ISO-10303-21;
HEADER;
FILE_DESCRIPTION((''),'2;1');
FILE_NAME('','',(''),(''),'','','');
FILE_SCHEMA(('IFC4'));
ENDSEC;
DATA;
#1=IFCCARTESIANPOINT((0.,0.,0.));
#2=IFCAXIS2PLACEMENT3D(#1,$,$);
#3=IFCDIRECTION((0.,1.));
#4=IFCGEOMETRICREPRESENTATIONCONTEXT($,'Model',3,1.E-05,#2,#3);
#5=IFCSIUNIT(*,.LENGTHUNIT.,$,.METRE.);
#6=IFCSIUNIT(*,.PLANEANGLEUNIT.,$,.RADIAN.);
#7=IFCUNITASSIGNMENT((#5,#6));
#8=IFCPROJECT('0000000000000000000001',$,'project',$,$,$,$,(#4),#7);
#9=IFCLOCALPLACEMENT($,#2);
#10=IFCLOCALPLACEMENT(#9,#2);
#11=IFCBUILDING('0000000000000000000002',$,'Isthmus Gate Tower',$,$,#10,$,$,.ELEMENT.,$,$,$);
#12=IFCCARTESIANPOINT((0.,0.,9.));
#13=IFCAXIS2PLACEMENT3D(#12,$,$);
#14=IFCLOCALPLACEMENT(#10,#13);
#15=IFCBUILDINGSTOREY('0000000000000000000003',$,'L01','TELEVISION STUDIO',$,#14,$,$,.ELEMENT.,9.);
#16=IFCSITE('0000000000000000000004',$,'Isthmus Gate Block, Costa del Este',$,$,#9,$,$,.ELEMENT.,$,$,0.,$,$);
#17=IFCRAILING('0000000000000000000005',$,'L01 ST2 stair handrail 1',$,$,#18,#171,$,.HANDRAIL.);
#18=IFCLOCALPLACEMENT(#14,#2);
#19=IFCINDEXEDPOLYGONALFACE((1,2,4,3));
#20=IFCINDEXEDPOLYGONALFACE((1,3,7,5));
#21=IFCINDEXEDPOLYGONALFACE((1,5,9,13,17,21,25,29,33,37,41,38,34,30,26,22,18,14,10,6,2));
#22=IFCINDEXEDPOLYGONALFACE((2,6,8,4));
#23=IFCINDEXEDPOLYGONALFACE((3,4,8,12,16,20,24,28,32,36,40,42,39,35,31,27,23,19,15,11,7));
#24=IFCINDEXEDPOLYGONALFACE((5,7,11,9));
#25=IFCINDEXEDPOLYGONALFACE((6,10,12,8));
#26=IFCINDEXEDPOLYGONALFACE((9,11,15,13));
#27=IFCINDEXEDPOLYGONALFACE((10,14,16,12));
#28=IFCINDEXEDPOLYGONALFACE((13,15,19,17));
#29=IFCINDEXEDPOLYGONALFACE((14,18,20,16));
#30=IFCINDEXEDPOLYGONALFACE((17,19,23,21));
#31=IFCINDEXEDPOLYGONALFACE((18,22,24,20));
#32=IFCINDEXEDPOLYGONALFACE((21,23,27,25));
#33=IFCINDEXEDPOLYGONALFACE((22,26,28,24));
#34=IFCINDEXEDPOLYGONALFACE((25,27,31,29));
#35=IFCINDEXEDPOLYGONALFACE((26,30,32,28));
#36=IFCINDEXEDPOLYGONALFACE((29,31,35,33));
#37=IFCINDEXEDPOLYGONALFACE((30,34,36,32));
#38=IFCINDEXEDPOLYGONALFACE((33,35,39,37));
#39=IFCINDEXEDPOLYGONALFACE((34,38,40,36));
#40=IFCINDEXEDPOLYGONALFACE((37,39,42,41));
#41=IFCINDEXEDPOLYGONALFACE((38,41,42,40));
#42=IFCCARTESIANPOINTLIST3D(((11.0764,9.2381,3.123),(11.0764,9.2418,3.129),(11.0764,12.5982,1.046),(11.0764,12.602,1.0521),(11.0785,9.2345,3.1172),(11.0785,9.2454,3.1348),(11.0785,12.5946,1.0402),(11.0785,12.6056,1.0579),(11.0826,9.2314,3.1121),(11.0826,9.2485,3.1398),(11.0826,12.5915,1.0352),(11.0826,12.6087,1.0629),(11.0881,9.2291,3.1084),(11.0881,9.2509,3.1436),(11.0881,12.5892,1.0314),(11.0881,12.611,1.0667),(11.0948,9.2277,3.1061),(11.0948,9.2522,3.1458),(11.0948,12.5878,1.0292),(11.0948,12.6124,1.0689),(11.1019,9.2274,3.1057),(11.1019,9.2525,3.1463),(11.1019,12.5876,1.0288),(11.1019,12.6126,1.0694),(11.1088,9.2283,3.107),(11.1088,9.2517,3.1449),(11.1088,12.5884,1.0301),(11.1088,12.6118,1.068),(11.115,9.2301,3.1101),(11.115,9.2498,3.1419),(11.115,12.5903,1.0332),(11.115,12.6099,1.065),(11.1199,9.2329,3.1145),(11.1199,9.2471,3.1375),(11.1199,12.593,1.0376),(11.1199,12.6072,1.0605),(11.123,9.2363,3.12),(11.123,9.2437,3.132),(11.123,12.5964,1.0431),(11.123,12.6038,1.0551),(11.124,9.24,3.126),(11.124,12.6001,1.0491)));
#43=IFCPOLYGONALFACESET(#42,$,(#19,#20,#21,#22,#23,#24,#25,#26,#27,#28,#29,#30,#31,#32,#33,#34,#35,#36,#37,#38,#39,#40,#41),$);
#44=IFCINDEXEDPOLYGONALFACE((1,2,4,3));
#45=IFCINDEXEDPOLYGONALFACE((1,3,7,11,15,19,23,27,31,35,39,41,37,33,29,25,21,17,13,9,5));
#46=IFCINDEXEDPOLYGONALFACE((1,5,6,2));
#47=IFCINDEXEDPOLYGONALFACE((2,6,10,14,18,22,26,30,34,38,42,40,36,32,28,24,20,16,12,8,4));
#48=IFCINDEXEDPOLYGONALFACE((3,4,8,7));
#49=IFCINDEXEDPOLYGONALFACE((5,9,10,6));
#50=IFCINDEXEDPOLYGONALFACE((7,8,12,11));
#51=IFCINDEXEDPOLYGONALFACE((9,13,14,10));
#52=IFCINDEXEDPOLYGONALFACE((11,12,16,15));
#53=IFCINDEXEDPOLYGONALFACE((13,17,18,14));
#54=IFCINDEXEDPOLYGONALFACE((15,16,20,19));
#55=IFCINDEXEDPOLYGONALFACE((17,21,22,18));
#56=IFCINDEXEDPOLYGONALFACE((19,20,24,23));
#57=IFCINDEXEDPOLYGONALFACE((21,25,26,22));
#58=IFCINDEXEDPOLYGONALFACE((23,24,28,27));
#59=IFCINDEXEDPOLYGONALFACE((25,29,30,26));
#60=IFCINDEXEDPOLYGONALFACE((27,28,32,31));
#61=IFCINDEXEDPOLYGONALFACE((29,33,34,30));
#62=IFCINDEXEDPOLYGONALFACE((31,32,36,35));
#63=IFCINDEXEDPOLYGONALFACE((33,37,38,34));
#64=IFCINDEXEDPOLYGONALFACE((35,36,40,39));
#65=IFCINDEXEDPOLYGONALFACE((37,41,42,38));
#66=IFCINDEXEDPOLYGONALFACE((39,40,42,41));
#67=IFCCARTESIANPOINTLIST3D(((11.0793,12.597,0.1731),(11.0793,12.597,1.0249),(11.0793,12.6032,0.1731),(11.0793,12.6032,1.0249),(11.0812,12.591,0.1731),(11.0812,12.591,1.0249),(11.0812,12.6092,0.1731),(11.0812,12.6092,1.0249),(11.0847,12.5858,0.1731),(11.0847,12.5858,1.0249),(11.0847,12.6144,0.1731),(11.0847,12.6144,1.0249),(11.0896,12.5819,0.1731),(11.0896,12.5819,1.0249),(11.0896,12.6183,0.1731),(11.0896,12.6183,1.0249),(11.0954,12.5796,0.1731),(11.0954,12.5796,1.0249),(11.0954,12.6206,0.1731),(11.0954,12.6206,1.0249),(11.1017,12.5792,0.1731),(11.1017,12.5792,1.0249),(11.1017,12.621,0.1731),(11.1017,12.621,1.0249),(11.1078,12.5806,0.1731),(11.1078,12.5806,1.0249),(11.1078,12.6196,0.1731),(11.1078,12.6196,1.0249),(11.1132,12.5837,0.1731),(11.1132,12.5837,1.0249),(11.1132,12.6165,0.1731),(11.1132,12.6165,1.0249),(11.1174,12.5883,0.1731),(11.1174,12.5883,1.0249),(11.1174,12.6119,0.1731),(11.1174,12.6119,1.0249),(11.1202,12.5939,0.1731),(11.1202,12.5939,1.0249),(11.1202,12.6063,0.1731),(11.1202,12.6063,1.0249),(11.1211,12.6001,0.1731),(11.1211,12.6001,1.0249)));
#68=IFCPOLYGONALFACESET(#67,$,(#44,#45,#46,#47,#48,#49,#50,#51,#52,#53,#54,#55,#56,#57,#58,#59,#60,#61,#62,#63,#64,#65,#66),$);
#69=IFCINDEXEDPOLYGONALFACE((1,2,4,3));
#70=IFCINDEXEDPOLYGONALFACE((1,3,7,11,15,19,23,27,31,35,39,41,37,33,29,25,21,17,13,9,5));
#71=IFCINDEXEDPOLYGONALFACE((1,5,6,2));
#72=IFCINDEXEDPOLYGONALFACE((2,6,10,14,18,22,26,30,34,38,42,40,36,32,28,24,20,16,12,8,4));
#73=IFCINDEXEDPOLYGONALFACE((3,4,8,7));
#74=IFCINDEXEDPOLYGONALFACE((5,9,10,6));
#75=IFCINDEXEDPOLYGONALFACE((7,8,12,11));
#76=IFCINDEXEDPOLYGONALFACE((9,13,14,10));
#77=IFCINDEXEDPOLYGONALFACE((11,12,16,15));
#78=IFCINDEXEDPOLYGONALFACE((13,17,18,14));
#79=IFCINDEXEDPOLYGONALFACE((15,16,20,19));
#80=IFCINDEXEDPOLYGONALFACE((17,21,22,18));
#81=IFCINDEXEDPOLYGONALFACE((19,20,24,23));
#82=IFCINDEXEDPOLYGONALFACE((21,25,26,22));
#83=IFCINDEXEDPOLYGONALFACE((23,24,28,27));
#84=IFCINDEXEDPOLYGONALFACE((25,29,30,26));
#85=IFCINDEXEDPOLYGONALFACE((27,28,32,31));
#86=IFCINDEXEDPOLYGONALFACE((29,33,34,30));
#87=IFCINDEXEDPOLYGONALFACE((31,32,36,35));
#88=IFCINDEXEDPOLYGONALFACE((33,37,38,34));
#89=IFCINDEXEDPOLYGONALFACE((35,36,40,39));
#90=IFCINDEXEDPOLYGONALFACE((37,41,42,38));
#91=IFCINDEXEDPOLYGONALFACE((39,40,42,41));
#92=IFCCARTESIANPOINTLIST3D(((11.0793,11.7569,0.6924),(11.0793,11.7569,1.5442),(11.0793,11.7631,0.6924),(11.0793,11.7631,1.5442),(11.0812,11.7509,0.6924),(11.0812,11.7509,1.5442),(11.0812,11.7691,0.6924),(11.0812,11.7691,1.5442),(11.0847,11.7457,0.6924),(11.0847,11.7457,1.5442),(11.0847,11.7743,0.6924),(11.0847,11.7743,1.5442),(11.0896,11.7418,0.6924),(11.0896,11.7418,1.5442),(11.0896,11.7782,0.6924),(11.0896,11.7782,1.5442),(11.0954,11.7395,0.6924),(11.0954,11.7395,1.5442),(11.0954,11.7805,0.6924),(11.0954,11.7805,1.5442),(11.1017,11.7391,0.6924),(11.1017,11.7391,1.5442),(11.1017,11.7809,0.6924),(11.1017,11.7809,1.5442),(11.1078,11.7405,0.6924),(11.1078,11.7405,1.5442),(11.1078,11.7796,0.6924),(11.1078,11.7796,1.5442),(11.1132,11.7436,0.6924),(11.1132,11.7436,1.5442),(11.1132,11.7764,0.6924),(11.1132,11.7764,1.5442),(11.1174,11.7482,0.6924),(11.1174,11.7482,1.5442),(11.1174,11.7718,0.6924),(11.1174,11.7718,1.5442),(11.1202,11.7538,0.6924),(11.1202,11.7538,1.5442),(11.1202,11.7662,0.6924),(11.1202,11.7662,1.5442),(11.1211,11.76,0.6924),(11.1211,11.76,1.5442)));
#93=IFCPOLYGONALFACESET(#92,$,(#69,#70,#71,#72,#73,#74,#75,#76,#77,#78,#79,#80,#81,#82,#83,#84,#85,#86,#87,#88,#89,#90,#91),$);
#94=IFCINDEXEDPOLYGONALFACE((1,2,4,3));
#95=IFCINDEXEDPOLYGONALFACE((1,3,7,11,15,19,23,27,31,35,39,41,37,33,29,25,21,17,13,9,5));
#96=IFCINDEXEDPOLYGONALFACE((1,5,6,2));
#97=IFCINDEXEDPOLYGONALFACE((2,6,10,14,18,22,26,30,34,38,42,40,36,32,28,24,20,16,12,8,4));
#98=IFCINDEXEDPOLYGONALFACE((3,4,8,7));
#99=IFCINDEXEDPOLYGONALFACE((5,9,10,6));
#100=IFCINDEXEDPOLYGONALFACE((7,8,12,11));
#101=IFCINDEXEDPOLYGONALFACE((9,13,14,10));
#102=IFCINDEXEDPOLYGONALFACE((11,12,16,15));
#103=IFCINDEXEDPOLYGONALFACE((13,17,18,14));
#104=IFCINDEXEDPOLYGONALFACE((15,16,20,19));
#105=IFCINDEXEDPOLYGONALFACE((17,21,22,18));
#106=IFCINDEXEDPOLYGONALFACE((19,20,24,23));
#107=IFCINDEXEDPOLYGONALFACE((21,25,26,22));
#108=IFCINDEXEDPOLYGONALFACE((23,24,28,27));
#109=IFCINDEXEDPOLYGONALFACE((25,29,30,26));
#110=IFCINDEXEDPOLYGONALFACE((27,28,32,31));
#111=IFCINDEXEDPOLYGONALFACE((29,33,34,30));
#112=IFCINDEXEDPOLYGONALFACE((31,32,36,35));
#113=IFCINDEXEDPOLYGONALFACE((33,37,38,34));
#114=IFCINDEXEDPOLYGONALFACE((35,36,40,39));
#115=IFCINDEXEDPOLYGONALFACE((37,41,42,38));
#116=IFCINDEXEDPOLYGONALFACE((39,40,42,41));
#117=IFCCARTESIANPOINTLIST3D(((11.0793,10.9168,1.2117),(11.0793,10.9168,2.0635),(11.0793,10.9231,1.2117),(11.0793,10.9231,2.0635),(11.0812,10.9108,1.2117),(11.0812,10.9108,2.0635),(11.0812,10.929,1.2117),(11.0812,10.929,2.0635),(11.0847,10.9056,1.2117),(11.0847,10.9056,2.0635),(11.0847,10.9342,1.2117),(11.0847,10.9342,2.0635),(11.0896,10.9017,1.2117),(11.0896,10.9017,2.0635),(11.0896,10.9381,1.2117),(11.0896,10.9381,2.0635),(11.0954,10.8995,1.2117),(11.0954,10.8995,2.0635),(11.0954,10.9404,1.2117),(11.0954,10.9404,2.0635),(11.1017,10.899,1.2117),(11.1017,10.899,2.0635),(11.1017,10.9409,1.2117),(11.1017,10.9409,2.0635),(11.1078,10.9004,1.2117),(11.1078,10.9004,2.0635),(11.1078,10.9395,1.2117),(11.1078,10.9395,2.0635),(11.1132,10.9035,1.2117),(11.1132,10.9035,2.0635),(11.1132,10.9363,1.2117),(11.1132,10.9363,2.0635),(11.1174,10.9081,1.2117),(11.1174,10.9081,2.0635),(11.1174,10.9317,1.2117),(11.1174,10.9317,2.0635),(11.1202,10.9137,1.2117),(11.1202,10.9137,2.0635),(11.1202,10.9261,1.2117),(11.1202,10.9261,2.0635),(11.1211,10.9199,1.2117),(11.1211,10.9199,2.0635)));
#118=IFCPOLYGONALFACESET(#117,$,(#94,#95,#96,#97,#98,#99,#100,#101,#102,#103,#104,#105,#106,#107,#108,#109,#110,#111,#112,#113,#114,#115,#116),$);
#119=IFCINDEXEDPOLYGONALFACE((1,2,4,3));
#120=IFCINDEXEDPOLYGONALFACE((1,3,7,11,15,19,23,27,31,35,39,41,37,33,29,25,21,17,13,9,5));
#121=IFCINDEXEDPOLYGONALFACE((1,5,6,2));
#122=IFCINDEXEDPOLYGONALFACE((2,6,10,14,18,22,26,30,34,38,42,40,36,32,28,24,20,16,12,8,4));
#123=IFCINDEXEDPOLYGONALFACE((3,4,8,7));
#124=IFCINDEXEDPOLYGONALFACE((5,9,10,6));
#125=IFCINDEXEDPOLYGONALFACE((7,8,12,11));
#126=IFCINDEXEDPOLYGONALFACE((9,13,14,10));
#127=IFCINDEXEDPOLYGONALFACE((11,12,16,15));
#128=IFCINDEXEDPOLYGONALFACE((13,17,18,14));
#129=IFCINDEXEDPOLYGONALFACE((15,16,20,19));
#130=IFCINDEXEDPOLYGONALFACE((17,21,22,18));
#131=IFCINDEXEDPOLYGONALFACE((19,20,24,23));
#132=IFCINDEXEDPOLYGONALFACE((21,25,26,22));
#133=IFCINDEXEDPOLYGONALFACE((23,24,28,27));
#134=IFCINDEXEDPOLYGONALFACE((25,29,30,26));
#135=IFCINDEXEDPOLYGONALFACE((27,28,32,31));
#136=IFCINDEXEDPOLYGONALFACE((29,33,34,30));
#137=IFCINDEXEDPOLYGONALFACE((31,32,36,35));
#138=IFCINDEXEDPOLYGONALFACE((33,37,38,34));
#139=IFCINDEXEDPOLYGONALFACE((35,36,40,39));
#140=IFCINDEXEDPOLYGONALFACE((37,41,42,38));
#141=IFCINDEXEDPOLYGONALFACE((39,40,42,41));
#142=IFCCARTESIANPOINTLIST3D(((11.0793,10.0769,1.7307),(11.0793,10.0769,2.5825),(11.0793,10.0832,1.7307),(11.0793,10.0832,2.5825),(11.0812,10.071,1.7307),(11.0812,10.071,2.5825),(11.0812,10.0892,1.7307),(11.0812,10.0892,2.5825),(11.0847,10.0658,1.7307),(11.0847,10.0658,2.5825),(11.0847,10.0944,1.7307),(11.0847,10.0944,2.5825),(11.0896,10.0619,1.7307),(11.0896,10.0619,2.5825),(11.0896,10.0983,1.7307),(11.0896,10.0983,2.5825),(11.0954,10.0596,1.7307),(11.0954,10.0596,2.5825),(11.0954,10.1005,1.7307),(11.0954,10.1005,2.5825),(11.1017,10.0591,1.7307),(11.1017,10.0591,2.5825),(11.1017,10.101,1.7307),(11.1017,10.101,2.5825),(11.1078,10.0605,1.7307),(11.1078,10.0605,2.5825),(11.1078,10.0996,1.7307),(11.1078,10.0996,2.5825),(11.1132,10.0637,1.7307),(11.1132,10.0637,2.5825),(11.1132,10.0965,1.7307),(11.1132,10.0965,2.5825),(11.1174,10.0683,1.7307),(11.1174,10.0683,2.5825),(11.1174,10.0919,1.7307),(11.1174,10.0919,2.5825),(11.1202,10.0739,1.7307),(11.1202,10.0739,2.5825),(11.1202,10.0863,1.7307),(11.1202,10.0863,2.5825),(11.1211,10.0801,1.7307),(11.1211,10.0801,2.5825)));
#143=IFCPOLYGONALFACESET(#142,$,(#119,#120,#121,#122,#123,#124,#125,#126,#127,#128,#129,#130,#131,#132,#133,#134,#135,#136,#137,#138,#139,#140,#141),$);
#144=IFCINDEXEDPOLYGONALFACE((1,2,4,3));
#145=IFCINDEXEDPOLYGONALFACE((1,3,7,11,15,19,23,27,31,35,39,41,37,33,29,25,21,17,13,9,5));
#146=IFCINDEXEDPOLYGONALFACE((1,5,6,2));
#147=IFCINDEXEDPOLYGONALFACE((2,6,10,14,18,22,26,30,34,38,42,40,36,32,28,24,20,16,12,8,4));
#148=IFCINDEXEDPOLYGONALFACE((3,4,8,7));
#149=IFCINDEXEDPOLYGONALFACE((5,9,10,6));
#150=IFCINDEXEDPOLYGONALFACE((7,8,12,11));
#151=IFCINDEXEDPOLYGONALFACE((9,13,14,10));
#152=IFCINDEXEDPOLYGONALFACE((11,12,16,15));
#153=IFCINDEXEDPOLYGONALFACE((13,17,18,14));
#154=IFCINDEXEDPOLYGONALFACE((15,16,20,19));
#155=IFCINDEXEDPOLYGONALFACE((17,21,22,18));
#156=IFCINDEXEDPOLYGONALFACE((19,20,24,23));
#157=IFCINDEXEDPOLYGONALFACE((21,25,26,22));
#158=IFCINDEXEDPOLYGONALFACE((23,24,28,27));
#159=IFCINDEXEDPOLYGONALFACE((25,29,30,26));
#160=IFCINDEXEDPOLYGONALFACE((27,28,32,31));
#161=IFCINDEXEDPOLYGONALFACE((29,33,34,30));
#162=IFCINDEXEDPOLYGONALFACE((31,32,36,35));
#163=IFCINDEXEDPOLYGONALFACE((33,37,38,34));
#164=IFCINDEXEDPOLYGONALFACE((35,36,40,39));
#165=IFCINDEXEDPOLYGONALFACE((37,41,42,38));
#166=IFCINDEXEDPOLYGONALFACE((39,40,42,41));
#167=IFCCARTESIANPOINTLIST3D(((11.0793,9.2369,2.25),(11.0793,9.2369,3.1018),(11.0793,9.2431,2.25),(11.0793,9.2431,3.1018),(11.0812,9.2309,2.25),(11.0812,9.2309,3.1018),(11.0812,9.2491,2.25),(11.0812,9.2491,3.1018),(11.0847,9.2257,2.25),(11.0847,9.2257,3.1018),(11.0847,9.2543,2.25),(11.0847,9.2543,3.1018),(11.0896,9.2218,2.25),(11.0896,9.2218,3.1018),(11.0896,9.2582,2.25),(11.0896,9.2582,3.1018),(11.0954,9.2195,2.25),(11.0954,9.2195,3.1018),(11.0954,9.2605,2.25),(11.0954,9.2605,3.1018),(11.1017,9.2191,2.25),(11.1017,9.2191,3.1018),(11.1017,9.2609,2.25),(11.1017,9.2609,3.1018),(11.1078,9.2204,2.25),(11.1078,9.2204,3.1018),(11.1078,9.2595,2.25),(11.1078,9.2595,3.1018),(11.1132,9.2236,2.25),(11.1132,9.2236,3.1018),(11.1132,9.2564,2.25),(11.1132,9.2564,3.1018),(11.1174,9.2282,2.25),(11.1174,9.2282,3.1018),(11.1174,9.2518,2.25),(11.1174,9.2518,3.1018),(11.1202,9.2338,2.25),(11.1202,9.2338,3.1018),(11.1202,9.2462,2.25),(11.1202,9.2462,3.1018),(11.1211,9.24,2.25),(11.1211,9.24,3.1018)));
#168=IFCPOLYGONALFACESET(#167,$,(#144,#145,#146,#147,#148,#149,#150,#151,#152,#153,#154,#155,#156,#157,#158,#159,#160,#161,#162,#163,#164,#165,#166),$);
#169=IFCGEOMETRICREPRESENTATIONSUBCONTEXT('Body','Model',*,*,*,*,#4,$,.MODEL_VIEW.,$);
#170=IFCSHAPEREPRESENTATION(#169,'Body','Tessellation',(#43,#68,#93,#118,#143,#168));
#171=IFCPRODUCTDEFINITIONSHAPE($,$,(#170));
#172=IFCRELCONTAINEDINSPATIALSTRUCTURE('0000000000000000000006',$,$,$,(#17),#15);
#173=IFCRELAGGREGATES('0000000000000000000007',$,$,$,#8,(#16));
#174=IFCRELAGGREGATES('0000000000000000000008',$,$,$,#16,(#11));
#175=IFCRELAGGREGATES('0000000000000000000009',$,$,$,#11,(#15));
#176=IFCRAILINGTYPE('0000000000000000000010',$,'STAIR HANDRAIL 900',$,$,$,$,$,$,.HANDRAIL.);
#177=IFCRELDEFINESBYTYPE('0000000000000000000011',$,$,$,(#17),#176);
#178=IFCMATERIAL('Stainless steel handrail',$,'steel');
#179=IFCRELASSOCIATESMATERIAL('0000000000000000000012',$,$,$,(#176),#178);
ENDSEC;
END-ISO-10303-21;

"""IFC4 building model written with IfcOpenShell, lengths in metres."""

from ifc_helpers import new_model, si_unit, direction, frame, origin, origin_2d, place, context, subcontext, project, spatial, circle, extrude, material, type_object, element, save


model = new_model("IFC4")

# Units and contexts
model_context = context("Model", 3, precision=1e-05, world=origin(), true_north=direction((0.0, 1.0)))
body_context = subcontext(model_context, "Body", "Model", "MODEL_VIEW")
ifc_project = project(units=[si_unit("LENGTHUNIT", "METRE"), si_unit("PLANEANGLEUNIT", "RADIAN")], contexts=[model_context])

# Site, building, storey
site_placement = place(None, origin())
site = spatial("IfcSite", under=ifc_project, at=site_placement, Name="Isthmus Gate Block, Costa del Este", CompositionType="ELEMENT", RefElevation=0.0)
building_placement = place(site_placement, origin())
building = spatial("IfcBuilding", under=site, at=building_placement, Name="Isthmus Gate Tower", CompositionType="ELEMENT")
storey_placement = place(building_placement, frame((0.0, 0.0, 9.0)))
storey = spatial("IfcBuildingStorey", under=building, at=storey_placement, Name="L01", Description="TELEVISION STUDIO", CompositionType="ELEMENT", Elevation=9.0)

# Railing
ifc_material_1 = material(Name="Stainless steel handrail", Category="steel")
railing_type_1 = type_object("IfcRailingType", Name="STAIR HANDRAIL 900", PredefinedType="HANDRAIL", material=ifc_material_1)
railing_1_placement = place(storey_placement, frame((11.1001, 12.6001, 0.1731)))
element("IfcRailing", 1, at=railing_1_placement, inside=storey, type_object=railing_type_1, Name="L01 ST2 stair handrail 1", PredefinedType="HANDRAIL", context=body_context, shape_type="SweptSolid", body=[
    extrude(circle(Radius=0.0239, at=origin_2d()), frame((0.0, 0.0, 0.876), z_axis=(0.0, -0.850623, 0.525776), x_axis=(1.0, 0.0, 0.0)), (0.0, 0.0, 1.0), 3.9502),
    extrude(circle(Radius=0.021, at=origin_2d()), origin(), (0.0, 0.0, 1.0), 0.8518),
    extrude(circle(Radius=0.021, at=origin_2d()), frame((0.0, -0.8401, 0.5193)), (0.0, 0.0, 1.0), 0.8518),
    extrude(circle(Radius=0.021, at=origin_2d()), frame((0.0, -1.6802, 1.0386)), (0.0, 0.0, 1.0), 0.8518),
    extrude(circle(Radius=0.021, at=origin_2d()), frame((0.0, -2.52, 1.5576)), (0.0, 0.0, 1.0), 0.8518),
    extrude(circle(Radius=0.021, at=origin_2d()), frame((0.0, -3.3601, 2.0769)), (0.0, 0.0, 1.0), 0.8518),
])

save(model, "model.ifc")
